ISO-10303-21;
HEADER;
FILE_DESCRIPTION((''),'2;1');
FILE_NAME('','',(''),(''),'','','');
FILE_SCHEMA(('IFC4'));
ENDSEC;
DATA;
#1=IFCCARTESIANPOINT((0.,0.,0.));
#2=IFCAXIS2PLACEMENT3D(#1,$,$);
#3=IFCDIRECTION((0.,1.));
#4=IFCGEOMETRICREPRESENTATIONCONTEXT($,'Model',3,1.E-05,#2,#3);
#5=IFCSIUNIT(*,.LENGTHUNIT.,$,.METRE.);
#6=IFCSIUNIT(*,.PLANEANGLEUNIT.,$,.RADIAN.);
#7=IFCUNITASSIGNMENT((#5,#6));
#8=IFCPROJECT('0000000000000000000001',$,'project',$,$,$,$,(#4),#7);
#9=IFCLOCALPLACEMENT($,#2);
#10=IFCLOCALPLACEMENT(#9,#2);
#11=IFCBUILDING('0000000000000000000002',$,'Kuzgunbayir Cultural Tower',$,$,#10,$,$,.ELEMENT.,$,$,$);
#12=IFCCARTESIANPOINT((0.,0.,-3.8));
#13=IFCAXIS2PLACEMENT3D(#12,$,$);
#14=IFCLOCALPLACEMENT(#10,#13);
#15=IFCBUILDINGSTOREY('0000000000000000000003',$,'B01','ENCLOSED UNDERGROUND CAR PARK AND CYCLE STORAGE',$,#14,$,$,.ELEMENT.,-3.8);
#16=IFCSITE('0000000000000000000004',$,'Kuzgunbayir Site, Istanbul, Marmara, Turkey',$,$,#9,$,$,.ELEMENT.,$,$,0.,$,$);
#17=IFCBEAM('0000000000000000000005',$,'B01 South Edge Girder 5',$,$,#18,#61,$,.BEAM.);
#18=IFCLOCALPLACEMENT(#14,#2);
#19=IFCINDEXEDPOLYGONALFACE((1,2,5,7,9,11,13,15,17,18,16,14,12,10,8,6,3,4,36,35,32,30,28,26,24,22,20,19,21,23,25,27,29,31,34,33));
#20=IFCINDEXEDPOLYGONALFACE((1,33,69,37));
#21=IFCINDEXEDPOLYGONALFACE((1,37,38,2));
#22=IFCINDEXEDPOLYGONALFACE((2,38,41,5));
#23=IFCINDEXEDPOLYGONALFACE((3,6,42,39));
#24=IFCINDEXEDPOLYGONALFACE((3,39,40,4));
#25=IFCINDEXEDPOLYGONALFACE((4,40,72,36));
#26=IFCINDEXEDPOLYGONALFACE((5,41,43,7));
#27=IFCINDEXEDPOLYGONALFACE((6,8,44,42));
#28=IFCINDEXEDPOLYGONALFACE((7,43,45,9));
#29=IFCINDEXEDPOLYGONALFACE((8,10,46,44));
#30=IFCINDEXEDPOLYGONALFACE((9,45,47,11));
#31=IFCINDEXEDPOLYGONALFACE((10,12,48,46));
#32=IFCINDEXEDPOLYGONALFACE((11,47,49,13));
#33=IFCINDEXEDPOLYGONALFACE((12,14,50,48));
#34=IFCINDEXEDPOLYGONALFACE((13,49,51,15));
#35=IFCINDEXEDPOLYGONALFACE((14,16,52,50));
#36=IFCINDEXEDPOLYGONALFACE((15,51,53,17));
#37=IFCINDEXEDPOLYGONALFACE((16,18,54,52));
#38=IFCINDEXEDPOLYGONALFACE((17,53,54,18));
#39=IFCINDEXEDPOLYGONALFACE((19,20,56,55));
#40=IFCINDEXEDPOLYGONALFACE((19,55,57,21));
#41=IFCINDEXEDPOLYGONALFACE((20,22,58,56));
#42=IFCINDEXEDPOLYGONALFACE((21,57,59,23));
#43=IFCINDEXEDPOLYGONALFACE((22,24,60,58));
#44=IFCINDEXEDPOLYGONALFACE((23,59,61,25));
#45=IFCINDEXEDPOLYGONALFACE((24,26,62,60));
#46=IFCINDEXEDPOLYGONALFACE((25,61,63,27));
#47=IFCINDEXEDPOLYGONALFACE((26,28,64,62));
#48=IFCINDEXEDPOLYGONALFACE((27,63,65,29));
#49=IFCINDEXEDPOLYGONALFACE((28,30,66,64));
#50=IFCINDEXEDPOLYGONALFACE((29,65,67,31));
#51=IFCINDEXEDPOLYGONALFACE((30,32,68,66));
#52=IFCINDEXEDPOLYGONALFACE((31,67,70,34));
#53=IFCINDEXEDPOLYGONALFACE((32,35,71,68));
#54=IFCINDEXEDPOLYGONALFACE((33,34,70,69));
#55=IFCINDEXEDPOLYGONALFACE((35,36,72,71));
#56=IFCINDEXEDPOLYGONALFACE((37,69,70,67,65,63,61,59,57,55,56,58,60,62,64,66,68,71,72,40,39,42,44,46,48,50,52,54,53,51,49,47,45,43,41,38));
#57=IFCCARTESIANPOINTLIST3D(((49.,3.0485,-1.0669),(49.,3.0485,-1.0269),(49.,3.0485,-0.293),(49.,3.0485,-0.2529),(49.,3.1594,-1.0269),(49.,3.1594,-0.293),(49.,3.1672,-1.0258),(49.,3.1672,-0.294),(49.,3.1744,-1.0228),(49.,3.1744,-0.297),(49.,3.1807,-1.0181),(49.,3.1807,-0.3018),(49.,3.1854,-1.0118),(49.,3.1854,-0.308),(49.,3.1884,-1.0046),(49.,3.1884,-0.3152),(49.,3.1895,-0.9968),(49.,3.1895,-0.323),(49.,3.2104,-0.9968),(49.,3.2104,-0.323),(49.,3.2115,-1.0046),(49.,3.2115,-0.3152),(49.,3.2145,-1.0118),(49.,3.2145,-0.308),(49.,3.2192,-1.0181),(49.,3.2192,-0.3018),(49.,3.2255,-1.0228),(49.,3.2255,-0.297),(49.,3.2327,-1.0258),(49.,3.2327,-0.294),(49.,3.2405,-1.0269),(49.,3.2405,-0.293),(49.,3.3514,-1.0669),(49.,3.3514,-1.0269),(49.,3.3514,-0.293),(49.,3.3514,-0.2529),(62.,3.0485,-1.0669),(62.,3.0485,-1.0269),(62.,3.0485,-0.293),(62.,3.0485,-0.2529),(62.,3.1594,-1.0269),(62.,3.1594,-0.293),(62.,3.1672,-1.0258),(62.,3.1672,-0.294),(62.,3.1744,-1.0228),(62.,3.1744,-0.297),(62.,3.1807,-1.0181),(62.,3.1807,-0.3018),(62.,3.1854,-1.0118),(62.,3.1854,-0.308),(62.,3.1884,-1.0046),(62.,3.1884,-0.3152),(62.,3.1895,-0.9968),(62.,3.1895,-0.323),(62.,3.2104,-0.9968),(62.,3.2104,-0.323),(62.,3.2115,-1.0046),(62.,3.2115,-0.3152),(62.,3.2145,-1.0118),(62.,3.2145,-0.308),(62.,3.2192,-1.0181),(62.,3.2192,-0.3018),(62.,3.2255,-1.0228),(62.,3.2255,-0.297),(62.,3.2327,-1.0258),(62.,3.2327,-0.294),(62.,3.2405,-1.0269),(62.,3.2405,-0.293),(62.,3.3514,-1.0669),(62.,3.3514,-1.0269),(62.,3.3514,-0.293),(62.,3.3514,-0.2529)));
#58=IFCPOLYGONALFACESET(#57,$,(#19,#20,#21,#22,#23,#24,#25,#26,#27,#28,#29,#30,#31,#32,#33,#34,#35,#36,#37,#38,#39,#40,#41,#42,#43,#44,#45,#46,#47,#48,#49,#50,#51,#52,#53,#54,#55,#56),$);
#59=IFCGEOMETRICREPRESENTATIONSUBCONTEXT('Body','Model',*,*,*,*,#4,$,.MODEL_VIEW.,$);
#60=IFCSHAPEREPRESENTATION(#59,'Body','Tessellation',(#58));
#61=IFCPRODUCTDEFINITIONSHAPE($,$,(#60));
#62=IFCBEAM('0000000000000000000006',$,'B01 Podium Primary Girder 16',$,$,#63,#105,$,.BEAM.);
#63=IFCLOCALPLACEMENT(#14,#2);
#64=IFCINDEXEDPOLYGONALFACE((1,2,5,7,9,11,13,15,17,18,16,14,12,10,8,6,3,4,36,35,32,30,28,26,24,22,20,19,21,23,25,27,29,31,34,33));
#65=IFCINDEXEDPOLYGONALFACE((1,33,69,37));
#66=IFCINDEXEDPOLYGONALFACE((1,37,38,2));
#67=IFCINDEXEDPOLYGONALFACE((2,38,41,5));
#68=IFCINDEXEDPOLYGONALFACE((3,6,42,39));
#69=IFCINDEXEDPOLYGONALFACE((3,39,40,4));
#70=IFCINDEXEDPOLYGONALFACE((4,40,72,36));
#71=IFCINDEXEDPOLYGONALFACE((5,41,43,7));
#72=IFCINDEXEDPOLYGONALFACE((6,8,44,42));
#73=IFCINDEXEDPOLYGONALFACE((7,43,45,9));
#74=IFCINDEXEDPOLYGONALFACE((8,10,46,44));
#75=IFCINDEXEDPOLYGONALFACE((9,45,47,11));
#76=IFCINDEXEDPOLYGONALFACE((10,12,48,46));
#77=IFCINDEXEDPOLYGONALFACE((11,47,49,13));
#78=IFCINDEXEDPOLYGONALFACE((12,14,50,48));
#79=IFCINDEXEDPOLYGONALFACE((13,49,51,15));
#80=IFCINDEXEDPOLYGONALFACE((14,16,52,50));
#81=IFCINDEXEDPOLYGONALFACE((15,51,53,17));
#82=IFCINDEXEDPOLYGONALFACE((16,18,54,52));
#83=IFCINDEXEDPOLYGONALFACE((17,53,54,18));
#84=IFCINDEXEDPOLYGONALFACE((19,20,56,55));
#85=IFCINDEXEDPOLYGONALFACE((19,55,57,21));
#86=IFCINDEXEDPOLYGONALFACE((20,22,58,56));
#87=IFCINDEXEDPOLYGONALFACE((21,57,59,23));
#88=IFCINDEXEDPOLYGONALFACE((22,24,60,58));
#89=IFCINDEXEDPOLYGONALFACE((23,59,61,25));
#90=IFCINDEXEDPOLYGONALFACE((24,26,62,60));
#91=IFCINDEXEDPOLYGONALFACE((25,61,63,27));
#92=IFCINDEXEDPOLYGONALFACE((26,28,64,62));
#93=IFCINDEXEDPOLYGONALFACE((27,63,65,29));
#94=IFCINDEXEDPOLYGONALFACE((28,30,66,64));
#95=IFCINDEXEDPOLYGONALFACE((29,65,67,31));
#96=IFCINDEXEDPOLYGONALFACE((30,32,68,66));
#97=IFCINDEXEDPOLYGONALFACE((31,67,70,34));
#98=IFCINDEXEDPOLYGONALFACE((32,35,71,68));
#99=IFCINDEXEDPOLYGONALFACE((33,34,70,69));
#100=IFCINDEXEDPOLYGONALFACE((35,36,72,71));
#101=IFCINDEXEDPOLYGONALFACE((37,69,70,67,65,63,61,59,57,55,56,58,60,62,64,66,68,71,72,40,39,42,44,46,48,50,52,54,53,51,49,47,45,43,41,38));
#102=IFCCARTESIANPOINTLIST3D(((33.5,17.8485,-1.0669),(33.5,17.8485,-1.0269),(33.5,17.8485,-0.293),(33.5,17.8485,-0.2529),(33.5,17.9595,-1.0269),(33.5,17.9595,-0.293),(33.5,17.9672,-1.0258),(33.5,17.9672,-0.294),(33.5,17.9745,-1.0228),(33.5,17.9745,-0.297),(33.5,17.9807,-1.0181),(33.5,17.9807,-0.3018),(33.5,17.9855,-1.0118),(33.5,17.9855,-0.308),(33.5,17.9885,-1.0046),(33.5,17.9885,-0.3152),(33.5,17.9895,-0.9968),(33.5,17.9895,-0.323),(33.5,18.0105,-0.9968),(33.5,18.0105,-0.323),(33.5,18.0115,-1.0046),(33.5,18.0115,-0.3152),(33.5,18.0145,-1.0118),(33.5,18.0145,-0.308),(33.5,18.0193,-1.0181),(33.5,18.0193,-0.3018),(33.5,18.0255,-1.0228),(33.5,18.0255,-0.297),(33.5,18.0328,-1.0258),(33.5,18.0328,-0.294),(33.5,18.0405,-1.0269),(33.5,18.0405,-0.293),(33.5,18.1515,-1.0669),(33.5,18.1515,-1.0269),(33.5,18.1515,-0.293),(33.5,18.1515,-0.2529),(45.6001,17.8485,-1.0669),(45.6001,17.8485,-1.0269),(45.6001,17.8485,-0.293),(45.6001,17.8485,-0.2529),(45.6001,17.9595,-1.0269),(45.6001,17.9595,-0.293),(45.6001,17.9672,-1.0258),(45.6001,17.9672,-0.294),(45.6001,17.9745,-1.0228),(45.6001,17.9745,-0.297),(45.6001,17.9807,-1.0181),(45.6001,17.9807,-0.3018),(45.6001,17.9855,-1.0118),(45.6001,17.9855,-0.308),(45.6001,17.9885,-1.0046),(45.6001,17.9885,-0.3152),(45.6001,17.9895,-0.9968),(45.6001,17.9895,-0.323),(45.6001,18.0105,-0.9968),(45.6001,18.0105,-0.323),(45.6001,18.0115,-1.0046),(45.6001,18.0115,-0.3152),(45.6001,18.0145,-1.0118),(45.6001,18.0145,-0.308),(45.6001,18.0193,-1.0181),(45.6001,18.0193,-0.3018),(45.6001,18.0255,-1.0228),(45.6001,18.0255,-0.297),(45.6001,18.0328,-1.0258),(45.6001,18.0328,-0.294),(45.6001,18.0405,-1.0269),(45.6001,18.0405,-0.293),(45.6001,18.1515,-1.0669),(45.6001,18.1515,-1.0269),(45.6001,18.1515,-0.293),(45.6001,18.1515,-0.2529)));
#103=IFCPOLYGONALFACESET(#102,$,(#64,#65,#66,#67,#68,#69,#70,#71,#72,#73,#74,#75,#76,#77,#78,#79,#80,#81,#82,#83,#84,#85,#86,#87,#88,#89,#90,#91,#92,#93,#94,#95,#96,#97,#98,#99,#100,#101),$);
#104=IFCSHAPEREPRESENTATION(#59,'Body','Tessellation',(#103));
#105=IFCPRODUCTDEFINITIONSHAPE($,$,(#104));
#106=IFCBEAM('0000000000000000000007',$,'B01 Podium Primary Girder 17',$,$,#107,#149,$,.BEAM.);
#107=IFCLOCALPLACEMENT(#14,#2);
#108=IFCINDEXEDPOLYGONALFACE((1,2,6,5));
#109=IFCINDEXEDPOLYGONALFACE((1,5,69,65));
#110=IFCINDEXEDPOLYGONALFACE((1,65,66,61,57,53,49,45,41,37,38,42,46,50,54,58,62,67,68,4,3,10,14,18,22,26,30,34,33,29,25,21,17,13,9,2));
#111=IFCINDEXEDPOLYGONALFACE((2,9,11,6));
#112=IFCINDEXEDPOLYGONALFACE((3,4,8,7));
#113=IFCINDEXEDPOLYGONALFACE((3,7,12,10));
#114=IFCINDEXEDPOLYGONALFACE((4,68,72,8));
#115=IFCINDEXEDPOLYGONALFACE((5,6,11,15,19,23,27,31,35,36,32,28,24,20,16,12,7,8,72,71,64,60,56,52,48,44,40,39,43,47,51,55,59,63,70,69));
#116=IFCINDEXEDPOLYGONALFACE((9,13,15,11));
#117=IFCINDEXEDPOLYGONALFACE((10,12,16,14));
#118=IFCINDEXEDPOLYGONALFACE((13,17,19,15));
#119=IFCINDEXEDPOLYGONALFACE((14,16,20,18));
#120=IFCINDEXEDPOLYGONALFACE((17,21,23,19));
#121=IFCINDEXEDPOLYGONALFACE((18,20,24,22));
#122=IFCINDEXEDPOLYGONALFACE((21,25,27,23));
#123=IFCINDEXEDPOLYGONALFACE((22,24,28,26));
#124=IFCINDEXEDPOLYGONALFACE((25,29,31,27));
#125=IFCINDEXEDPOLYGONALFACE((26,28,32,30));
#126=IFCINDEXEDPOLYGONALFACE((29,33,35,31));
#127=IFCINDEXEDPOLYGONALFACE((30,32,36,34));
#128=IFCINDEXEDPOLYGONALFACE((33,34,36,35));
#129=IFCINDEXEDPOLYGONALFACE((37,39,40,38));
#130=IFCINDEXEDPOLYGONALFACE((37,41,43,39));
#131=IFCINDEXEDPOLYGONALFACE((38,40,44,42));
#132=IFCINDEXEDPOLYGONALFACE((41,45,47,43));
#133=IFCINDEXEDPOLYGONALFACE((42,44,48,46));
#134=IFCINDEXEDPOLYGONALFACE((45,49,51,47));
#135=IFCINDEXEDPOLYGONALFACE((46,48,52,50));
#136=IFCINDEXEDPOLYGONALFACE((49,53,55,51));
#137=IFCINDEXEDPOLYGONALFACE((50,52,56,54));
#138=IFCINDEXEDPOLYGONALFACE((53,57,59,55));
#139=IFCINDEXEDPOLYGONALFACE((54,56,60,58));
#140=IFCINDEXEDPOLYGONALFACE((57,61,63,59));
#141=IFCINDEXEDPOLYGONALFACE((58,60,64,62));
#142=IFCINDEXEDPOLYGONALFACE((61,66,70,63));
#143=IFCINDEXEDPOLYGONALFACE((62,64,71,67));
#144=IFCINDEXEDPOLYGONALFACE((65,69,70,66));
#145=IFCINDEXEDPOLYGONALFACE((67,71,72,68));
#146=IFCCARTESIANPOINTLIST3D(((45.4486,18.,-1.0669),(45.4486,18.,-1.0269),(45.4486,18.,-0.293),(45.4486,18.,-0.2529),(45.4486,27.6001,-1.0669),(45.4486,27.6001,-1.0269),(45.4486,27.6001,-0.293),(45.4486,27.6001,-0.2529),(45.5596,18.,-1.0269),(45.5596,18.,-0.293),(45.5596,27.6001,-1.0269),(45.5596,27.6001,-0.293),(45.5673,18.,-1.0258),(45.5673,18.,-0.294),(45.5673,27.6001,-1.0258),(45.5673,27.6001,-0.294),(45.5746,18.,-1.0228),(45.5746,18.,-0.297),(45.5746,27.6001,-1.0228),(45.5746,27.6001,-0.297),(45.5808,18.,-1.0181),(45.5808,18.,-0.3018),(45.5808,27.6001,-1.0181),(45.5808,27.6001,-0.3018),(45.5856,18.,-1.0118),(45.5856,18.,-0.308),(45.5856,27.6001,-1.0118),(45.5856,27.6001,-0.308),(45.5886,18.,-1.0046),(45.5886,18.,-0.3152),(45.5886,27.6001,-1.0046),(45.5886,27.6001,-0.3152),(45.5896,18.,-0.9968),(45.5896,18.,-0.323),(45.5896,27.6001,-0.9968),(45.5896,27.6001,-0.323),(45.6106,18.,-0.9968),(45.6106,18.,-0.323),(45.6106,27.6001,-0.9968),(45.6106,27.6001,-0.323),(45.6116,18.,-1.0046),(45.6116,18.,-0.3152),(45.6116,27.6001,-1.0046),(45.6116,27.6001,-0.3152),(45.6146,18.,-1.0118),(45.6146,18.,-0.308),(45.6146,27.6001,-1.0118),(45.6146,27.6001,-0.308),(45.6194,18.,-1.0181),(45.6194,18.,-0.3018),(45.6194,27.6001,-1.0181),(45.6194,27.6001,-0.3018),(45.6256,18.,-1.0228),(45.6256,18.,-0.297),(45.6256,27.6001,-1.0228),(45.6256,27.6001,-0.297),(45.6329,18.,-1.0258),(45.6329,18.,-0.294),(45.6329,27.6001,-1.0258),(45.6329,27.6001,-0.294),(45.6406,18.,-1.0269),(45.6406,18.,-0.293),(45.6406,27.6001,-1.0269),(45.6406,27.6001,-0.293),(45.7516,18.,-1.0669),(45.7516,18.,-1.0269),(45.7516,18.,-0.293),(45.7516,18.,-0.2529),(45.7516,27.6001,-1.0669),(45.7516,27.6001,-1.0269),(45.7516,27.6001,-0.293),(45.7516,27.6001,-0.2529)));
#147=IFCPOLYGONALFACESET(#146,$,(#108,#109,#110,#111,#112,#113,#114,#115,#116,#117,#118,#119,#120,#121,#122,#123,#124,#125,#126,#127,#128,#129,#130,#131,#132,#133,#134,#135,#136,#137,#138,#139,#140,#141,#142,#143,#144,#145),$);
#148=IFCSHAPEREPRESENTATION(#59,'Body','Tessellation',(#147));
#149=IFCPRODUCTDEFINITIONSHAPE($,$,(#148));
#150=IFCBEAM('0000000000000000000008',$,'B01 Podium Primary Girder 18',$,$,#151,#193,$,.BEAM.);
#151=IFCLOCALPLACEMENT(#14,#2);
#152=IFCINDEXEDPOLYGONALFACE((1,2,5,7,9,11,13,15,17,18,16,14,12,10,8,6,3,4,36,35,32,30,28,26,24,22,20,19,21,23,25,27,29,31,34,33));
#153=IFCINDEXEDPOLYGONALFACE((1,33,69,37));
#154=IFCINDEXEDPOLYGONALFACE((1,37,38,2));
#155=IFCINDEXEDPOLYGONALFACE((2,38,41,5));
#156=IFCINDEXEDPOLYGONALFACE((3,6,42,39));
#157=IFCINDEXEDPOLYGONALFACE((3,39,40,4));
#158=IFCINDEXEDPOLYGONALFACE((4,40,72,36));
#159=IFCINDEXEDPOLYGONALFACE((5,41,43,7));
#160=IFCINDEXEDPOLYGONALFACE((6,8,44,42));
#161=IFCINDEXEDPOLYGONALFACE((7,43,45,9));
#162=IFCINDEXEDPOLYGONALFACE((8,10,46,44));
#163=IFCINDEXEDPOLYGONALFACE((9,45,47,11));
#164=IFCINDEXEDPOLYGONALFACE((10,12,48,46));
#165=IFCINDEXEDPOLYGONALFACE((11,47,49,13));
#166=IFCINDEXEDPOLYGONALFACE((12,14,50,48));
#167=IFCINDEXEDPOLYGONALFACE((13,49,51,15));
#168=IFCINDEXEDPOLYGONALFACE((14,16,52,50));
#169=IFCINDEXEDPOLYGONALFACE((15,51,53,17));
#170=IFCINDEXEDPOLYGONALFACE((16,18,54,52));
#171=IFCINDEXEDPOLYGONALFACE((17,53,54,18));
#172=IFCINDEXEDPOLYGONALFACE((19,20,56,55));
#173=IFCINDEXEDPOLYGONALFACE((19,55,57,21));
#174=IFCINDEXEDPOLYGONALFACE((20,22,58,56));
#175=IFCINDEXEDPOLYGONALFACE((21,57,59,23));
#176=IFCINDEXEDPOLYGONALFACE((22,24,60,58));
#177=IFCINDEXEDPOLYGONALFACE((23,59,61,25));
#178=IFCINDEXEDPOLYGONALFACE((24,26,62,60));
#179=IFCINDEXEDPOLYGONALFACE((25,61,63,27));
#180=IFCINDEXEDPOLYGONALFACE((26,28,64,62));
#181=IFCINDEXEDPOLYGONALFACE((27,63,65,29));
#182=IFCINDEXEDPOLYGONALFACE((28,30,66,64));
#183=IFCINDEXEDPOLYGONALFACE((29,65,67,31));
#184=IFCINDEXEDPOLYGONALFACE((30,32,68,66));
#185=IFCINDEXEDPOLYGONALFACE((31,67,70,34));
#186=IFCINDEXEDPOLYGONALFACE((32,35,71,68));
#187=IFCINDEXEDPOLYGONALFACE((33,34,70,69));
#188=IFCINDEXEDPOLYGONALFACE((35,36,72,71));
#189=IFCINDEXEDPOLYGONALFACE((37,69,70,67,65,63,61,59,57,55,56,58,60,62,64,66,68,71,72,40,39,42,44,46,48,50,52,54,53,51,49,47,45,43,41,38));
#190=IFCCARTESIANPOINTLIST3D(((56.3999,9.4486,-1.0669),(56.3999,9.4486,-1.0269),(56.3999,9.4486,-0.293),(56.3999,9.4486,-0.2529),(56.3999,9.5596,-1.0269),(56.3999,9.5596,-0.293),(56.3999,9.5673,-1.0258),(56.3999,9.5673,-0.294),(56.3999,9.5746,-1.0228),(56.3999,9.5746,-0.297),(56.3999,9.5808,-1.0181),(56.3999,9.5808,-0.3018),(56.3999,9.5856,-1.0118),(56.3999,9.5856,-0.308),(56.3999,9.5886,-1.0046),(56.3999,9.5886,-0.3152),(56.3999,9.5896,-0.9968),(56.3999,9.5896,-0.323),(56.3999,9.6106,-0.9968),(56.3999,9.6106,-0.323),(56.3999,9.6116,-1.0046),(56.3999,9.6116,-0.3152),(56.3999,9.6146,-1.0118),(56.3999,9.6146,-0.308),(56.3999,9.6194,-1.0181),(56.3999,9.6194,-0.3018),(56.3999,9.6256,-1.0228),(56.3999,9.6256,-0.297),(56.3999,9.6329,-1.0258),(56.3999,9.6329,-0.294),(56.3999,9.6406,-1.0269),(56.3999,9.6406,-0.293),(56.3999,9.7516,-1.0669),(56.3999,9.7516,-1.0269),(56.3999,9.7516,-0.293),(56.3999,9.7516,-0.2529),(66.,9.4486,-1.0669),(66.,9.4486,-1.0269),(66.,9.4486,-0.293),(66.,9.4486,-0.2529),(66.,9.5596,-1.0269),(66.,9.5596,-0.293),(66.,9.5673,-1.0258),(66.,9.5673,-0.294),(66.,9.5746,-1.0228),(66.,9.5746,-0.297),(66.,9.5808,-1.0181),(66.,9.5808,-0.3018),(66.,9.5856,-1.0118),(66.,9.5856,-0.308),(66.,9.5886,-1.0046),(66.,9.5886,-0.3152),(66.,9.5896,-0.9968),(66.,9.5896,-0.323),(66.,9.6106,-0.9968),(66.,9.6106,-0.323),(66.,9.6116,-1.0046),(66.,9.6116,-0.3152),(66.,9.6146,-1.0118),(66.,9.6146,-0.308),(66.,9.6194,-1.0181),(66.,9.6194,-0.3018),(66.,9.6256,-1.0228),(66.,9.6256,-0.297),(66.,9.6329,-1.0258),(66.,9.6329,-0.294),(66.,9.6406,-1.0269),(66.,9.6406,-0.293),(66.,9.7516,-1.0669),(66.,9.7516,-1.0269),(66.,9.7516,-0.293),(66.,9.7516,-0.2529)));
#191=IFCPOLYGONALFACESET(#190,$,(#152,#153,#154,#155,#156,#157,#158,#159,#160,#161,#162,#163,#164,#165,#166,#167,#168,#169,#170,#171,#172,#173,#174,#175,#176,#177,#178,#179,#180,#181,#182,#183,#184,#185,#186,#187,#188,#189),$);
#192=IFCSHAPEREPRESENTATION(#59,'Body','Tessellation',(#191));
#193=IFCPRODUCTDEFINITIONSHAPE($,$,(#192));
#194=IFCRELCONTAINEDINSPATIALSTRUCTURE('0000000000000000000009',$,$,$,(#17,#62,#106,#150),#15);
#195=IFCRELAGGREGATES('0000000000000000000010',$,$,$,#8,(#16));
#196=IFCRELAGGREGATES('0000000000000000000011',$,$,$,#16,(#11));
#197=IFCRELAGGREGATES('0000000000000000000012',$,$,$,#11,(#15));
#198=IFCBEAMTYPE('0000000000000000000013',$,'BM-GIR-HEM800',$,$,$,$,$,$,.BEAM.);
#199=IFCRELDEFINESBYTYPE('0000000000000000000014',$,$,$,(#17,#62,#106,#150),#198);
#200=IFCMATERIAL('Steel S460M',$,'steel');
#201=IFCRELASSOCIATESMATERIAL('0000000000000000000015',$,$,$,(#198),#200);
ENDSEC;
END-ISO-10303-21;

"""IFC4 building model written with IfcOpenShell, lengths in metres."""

from ifc_helpers import new_model, si_unit, direction, frame, origin, origin_2d, place, context, subcontext, project, spatial, i_section, extrude, material, material_profile, profile_set, type_object, element, save


model = new_model("IFC4")

# Units and contexts
model_context = context("Model", 3, precision=1e-05, world=origin(), true_north=direction((0.0, 1.0)))
body_context = subcontext(model_context, "Body", "Model", "MODEL_VIEW")
ifc_project = project(units=[si_unit("LENGTHUNIT", "METRE"), si_unit("PLANEANGLEUNIT", "RADIAN")], contexts=[model_context])

# Site, building, storey
site_placement = place(None, origin())
site = spatial("IfcSite", under=ifc_project, at=site_placement, Name="Kuzgunbayir Site, Istanbul, Marmara, Turkey", CompositionType="ELEMENT", RefElevation=0.0)
building_placement = place(site_placement, origin())
building = spatial("IfcBuilding", under=site, at=building_placement, Name="Kuzgunbayir Cultural Tower", CompositionType="ELEMENT")
storey_placement = place(building_placement, frame((0.0, 0.0, -3.8)))
storey = spatial("IfcBuildingStorey", under=building, at=storey_placement, Name="B01", Description="ENCLOSED UNDERGROUND CAR PARK AND CYCLE STORAGE", CompositionType="ELEMENT", Elevation=-3.8)

# Beams
ifc_material_1 = material(Name="Steel S460M", Category="steel")
ifc_material_profile_1 = material_profile(ifc_material_1, i_section(OverallWidth=0.303, OverallDepth=0.814, WebThickness=0.021, FlangeThickness=0.04, FilletRadius=0.03, at=origin_2d()), Name="HEM 800")
ifc_profile_set_1 = profile_set([ifc_material_profile_1], Name="Steel S460M")
beam_type = type_object("IfcBeamType", Name="BM-GIR-HEM800", PredefinedType="BEAM", material=ifc_profile_set_1)
beam_1_placement = place(storey_placement, frame((49.0, 3.2, -0.6599), z_axis=(1.0, 0.0, 0.0), x_axis=(0.0, 1.0, 0.0)))
element("IfcBeam", 1, at=beam_1_placement, inside=storey, type_object=beam_type, Name="B01 South Edge Girder 5", PredefinedType="BEAM", context=body_context, shape_type="SweptSolid", body=[
    extrude(i_section(OverallWidth=0.303, OverallDepth=0.814, WebThickness=0.021, FlangeThickness=0.04, FilletRadius=0.03, at=origin_2d()), origin(), (0.0, 0.0, 1.0), 13.0),
])
beam_2_placement = place(storey_placement, frame((33.5, 18.0, -0.6599), z_axis=(1.0, 0.0, 0.0), x_axis=(0.0, 1.0, 0.0)))
element("IfcBeam", 2, at=beam_2_placement, inside=storey, type_object=beam_type, Name="B01 Podium Primary Girder 16", PredefinedType="BEAM", context=body_context, shape_type="SweptSolid", body=[
    extrude(i_section(OverallWidth=0.303, OverallDepth=0.814, WebThickness=0.021, FlangeThickness=0.04, FilletRadius=0.03, at=origin_2d()), origin(), (0.0, 0.0, 1.0), 12.1001),
])
for number, where, z_axis, x_axis, name in (
    (3, (45.6001, 18.0, -0.6599), (0.0, 1.0, 0.0), (-1.0, 0.0, 0.0), "B01 Podium Primary Girder 17"),
    (4, (56.3999, 9.6001, -0.6599), (1.0, 0.0, 0.0), (0.0, 1.0, 0.0), "B01 Podium Primary Girder 18"),
):
    element("IfcBeam", number, at=place(storey_placement, frame(where, z_axis=z_axis, x_axis=x_axis)), inside=storey, type_object=beam_type, Name=name, PredefinedType="BEAM", context=body_context, shape_type="SweptSolid", body=[
        extrude(i_section(OverallWidth=0.303, OverallDepth=0.814, WebThickness=0.021, FlangeThickness=0.04, FilletRadius=0.03, at=origin_2d()), origin(), (0.0, 0.0, 1.0), 9.6001),
    ])

save(model, "model.ifc")
